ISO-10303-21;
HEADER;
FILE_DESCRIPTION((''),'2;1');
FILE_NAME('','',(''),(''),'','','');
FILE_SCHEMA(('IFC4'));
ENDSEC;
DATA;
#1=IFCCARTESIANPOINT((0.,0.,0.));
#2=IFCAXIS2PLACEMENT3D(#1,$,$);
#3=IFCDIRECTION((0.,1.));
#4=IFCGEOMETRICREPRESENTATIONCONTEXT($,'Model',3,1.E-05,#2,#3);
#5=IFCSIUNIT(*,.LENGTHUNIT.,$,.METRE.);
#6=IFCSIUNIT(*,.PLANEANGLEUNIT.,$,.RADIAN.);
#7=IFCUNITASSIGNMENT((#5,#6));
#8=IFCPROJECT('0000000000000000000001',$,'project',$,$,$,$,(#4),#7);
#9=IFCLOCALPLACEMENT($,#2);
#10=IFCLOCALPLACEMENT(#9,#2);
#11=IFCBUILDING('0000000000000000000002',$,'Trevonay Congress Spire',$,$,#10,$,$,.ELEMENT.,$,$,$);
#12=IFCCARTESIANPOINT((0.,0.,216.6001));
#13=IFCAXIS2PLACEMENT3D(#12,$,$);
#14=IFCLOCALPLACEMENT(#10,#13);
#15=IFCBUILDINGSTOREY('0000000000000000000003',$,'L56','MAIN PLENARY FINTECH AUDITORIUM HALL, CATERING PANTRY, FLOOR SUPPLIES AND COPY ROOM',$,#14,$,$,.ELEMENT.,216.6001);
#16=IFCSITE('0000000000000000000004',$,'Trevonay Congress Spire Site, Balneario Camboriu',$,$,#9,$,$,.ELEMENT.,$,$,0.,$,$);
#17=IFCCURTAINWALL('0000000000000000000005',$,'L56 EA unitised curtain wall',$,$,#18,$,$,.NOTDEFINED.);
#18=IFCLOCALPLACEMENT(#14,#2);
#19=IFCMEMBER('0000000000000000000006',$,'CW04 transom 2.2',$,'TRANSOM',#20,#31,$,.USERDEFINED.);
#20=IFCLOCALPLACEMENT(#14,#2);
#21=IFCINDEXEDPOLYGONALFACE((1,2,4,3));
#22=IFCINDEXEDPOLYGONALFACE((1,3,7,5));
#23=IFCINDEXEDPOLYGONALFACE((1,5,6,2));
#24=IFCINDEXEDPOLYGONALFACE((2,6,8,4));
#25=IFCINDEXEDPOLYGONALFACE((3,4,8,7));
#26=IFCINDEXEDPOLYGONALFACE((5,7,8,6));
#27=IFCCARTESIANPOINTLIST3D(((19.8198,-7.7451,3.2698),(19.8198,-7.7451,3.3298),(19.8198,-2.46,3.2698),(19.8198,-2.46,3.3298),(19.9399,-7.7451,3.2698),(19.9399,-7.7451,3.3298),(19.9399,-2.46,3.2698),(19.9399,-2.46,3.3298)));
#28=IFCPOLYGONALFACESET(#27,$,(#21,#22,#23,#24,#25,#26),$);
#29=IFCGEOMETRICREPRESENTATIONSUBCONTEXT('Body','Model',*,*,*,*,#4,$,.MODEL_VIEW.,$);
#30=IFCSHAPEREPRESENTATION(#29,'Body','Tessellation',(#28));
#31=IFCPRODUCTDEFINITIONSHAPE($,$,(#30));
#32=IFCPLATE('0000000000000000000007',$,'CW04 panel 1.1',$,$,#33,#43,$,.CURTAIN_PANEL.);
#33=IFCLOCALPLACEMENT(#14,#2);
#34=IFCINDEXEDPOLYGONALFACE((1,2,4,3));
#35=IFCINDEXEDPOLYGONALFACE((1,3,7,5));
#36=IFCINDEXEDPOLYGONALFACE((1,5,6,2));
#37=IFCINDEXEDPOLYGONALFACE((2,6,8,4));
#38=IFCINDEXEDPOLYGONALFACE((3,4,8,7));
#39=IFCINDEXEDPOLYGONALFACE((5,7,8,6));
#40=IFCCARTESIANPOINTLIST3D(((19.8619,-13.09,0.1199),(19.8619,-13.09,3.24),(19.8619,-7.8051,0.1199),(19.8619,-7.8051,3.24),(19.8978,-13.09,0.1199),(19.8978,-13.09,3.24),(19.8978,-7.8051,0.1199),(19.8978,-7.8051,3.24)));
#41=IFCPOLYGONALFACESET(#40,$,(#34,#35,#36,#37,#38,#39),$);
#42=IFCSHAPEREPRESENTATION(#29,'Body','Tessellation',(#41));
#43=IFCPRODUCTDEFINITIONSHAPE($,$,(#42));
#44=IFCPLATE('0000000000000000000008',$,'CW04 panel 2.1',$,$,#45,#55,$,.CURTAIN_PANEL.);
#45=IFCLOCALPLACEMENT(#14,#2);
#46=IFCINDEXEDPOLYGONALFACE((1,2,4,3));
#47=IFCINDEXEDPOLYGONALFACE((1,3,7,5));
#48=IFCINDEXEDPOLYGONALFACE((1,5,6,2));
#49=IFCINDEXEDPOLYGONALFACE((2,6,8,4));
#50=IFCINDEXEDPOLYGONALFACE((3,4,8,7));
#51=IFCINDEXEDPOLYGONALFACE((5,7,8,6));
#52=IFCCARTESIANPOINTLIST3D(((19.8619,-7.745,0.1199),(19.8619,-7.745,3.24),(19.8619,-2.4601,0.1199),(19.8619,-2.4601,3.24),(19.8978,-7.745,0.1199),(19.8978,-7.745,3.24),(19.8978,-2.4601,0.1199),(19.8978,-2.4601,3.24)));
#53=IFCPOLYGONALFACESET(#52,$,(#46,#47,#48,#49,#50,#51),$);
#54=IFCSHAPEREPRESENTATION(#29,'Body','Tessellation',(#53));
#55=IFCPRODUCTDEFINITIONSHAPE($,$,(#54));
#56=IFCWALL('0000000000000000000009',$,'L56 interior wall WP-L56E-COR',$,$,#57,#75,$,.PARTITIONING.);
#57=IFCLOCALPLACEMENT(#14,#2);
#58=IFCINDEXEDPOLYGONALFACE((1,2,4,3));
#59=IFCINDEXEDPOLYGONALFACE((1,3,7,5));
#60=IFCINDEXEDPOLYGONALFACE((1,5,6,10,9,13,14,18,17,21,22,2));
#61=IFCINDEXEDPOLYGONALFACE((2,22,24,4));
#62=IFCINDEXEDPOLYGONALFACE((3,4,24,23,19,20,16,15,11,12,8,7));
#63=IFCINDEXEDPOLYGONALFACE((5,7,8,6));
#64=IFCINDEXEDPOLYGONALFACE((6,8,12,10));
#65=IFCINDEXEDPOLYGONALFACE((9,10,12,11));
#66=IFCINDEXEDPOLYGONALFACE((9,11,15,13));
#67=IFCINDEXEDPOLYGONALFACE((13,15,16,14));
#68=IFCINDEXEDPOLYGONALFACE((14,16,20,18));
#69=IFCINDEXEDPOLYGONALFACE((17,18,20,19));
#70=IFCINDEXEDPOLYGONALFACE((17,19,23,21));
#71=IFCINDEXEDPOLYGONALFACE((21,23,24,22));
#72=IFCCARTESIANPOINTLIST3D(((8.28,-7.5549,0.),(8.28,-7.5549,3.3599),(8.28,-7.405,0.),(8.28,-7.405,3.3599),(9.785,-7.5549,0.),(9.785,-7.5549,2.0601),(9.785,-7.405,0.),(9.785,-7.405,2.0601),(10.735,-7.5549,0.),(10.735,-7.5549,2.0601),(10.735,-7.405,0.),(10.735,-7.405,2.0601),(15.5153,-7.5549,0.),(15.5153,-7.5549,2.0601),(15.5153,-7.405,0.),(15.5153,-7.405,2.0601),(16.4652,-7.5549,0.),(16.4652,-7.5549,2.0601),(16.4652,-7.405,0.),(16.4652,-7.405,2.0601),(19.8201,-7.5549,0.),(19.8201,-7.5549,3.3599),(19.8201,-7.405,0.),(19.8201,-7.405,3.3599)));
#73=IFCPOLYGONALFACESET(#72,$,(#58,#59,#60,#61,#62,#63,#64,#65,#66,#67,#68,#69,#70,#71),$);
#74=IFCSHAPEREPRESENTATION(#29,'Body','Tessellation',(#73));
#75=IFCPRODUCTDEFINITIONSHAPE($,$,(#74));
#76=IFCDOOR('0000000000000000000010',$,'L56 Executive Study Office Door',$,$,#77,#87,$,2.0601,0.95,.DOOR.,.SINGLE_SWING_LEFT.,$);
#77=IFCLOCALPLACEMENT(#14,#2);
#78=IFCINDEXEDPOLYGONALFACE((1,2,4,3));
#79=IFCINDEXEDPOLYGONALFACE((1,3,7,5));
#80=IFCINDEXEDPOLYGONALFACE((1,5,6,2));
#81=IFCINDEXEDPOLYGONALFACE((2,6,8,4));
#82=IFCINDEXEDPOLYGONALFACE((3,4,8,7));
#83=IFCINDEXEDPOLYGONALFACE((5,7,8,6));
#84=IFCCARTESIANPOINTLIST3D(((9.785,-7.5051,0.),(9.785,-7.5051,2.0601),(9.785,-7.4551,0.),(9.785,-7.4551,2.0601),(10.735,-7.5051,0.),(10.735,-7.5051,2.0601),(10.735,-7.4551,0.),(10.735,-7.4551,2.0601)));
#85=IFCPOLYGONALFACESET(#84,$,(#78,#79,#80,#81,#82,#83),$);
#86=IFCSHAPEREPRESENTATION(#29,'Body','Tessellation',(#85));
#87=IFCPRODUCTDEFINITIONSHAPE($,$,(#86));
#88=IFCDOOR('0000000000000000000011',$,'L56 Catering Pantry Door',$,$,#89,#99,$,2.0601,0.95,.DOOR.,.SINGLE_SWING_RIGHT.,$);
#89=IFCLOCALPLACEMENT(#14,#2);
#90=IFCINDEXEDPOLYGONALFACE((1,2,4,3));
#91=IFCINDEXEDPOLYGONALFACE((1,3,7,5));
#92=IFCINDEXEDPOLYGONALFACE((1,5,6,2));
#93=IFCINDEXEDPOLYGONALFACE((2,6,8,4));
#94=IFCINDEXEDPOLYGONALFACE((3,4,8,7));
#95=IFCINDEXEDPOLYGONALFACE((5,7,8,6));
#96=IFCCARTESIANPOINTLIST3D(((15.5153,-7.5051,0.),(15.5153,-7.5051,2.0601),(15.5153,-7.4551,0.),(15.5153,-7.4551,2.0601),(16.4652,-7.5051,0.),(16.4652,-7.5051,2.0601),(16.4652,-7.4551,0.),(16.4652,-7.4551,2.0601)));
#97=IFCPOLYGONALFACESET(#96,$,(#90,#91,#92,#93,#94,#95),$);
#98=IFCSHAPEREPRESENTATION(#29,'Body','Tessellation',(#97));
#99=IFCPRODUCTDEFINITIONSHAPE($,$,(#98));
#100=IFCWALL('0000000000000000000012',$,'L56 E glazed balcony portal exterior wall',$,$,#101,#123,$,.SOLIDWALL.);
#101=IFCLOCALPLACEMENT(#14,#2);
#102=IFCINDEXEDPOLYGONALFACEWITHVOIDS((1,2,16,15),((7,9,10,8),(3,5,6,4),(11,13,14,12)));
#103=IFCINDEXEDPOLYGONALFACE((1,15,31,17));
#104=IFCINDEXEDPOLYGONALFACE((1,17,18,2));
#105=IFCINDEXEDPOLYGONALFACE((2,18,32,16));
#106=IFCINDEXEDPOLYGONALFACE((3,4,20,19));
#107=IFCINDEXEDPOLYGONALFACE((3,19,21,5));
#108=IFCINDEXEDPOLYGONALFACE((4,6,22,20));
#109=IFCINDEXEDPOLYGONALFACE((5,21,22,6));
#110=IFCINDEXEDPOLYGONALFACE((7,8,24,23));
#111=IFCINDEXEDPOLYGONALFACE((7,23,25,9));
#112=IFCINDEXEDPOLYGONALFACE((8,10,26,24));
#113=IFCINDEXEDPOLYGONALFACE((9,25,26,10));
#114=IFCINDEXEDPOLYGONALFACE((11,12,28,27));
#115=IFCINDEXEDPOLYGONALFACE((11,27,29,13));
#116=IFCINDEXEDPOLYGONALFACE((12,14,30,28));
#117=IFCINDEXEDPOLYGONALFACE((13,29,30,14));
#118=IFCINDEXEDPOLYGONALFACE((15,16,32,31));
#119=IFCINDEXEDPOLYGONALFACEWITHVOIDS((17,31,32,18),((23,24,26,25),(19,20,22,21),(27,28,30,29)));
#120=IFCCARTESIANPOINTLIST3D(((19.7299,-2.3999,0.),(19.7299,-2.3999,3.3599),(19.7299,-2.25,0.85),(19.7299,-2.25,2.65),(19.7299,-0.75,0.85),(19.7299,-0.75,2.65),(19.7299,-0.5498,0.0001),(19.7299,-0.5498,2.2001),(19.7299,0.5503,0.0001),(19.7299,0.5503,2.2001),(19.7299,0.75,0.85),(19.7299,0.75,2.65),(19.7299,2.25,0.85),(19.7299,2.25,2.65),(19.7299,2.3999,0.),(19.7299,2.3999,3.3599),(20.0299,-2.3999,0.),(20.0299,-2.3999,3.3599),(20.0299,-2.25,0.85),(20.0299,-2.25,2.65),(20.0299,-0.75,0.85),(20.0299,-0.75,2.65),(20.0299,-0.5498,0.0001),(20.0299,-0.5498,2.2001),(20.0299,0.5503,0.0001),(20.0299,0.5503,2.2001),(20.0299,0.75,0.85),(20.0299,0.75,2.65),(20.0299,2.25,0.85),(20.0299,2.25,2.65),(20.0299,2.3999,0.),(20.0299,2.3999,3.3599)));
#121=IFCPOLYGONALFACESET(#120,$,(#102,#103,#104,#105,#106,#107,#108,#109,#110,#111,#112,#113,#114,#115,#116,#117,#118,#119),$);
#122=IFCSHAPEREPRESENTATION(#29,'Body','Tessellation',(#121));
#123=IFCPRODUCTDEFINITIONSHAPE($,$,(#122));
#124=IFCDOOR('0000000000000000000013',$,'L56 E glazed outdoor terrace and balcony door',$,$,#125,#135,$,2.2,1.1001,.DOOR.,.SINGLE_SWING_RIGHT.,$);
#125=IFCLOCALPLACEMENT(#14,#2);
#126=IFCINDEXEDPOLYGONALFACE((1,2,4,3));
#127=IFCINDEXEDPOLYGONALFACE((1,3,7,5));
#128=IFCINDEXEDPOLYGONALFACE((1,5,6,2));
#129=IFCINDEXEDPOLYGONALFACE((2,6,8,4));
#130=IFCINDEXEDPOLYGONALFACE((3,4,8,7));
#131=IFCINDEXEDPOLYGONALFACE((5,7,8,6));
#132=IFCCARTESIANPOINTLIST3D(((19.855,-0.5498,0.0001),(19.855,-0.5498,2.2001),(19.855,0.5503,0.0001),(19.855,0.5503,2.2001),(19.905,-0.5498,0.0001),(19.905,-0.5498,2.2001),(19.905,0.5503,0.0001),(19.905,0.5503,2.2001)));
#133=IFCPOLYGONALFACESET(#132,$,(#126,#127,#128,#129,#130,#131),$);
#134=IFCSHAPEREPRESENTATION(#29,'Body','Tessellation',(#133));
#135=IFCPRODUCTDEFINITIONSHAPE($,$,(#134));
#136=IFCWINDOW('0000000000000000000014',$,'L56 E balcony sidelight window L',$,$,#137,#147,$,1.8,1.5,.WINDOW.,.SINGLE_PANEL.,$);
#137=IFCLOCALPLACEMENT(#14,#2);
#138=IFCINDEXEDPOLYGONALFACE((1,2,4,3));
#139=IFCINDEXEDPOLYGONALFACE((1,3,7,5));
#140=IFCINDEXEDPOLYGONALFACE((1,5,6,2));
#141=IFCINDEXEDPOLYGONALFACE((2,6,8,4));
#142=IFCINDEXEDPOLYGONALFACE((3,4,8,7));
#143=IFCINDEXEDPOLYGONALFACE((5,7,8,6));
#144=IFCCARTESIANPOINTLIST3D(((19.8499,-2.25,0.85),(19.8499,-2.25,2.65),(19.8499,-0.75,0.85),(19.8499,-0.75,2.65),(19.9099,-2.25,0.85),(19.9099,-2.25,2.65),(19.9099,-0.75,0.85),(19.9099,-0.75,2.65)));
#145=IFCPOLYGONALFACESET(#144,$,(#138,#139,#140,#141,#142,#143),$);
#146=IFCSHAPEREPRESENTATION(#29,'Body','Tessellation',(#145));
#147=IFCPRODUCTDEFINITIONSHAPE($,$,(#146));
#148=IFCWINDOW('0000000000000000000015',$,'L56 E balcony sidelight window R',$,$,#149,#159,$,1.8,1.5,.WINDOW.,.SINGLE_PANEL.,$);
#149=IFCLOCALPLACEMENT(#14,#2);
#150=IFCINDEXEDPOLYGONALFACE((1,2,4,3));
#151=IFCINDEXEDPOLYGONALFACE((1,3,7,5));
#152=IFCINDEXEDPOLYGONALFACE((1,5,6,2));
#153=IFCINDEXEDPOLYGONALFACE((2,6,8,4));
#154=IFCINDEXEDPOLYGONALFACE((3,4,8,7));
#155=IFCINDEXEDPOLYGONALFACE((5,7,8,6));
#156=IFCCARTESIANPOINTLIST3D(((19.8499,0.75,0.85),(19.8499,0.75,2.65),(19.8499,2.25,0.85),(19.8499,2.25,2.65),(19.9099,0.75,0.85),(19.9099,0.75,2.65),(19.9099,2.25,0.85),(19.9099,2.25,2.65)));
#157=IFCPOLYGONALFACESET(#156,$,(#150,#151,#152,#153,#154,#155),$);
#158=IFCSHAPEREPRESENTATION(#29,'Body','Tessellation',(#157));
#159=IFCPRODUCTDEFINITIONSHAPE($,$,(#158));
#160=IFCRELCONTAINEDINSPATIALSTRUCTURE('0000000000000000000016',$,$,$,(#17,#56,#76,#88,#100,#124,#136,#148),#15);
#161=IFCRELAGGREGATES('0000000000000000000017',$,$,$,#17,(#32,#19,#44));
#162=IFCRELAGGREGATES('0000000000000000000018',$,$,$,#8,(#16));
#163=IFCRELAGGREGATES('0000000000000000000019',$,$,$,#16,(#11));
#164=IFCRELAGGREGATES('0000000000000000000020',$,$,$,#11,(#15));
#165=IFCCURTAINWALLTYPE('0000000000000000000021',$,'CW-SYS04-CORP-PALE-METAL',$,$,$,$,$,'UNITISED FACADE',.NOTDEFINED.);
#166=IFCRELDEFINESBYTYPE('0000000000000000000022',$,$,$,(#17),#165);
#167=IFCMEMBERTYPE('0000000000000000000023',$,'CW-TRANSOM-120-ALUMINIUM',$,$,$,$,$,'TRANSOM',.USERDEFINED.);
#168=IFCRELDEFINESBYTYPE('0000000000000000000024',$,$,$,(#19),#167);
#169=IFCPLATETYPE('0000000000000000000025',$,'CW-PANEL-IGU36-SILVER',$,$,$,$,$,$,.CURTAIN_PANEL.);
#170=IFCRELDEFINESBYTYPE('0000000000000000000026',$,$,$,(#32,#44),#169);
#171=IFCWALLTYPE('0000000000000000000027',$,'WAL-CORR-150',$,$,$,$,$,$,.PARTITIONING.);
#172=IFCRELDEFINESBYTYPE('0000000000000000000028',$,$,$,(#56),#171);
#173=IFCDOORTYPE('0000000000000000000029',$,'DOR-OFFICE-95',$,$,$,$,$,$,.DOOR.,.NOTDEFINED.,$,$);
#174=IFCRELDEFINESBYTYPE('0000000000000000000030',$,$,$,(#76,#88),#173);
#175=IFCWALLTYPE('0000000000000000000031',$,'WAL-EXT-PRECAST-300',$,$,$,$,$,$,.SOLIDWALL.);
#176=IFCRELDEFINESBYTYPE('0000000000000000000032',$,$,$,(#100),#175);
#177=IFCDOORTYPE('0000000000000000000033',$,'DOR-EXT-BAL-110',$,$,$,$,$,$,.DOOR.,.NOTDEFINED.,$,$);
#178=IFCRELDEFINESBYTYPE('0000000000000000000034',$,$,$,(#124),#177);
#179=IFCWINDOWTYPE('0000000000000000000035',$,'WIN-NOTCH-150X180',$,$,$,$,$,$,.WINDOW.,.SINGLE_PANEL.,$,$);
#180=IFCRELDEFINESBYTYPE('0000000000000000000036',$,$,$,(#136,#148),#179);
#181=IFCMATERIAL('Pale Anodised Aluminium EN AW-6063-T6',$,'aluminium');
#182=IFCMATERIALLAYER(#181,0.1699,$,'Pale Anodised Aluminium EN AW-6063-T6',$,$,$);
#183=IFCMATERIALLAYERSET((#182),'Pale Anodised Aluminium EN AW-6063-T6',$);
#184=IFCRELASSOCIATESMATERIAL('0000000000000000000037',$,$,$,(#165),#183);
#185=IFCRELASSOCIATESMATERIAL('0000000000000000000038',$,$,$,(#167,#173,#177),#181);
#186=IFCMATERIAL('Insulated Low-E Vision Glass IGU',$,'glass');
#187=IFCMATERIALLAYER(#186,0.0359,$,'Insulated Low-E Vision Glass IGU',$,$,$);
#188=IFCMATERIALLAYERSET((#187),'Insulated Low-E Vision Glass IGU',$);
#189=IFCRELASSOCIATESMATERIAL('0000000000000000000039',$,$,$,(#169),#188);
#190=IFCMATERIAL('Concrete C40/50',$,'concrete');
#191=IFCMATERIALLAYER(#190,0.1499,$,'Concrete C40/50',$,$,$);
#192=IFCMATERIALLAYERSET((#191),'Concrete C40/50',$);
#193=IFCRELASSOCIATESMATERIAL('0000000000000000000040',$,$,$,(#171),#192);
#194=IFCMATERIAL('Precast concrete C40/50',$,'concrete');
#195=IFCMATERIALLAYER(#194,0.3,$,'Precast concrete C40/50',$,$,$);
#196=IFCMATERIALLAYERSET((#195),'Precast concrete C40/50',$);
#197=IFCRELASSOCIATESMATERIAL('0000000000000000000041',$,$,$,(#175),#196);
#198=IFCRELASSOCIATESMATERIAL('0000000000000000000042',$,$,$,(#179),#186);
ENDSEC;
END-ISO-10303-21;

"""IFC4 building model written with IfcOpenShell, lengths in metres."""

from ifc_helpers import new_model, si_unit, direction, frame, frame_2d, origin, origin_2d, place, context, subcontext, project, spatial, rectangle, extrude, material, layer, layer_set, material_profile, profile_set, type_object, element, fill, aggregate, save


model = new_model("IFC4")

# Units and contexts
model_context = context("Model", 3, precision=1e-05, world=origin(), true_north=direction((0.0, 1.0)))
body_context = subcontext(model_context, "Body", "Model", "MODEL_VIEW")
ifc_project = project(units=[si_unit("LENGTHUNIT", "METRE"), si_unit("PLANEANGLEUNIT", "RADIAN")], contexts=[model_context])

# Site, building, storey
site_placement = place(None, origin())
site = spatial("IfcSite", under=ifc_project, at=site_placement, Name="Trevonay Congress Spire Site, Balneario Camboriu", CompositionType="ELEMENT", RefElevation=0.0)
building_placement = place(site_placement, origin())
building = spatial("IfcBuilding", under=site, at=building_placement, Name="Trevonay Congress Spire", CompositionType="ELEMENT")
storey_placement = place(building_placement, frame((0.0, 0.0, 216.6001)))
storey = spatial("IfcBuildingStorey", under=building, at=storey_placement, Name="L56", Description="MAIN PLENARY FINTECH AUDITORIUM HALL, CATERING PANTRY, FLOOR SUPPLIES AND COPY ROOM", CompositionType="ELEMENT", Elevation=216.6001)

# Curtain wall, member, plates
ifc_material_1 = material(Name="Pale Anodised Aluminium EN AW-6063-T6", Category="aluminium")
ifc_layer_1 = layer(ifc_material_1, 0.1699, Name="Pale Anodised Aluminium EN AW-6063-T6")
ifc_layer_set_1 = layer_set([ifc_layer_1], Name="Pale Anodised Aluminium EN AW-6063-T6")
curtain_wall_type = type_object("IfcCurtainWallType", Name="CW-SYS04-CORP-PALE-METAL", ElementType="UNITISED FACADE", PredefinedType="NOTDEFINED", material=ifc_layer_set_1)
curtain_wall_placement = place(storey_placement, origin())
curtain_wall = element("IfcCurtainWall", 1, at=curtain_wall_placement, inside=storey, type_object=curtain_wall_type, Name="L56 EA unitised curtain wall", PredefinedType="NOTDEFINED")
ifc_material_profile_1 = material_profile(ifc_material_1, rectangle(XDim=0.1201, YDim=0.0601, at=origin_2d()), Name="CW-TRANSOM-120-ALUMINIUM")
ifc_profile_set_1 = profile_set([ifc_material_profile_1], Name="Pale Anodised Aluminium EN AW-6063-T6")
member_type_1 = type_object("IfcMemberType", Name="CW-TRANSOM-120-ALUMINIUM", ElementType="TRANSOM", PredefinedType="USERDEFINED", material=ifc_profile_set_1)
member_1_placement = place(storey_placement, frame((19.8799, -7.7451, 3.2998), z_axis=(0.0, 1.0, 0.0), x_axis=(-1.0, 0.0, 0.0)))
member_1 = element("IfcMember", 2, at=member_1_placement, type_object=member_type_1, Name="CW04 transom 2.2", ObjectType="TRANSOM", PredefinedType="USERDEFINED", context=body_context, shape_type="SweptSolid", body=[
    extrude(rectangle(XDim=0.1201, YDim=0.0601, at=origin_2d()), origin(), (0.0, 0.0, 1.0), 5.2852),
])
ifc_material_2 = material(Name="Insulated Low-E Vision Glass IGU", Category="glass")
ifc_layer_2 = layer(ifc_material_2, 0.0359, Name="Insulated Low-E Vision Glass IGU")
ifc_layer_set_2 = layer_set([ifc_layer_2], Name="Insulated Low-E Vision Glass IGU")
plate_type = type_object("IfcPlateType", Name="CW-PANEL-IGU36-SILVER", PredefinedType="CURTAIN_PANEL", material=ifc_layer_set_2)
plate_1_placement = place(storey_placement, frame((19.8799, -10.4475, 0.1199), z_axis=(0.0, 0.0, 1.0), x_axis=(0.0, 1.0, 0.0)))
plate_1 = element("IfcPlate", 3, at=plate_1_placement, type_object=plate_type, Name="CW04 panel 1.1", PredefinedType="CURTAIN_PANEL", context=body_context, shape_type="SweptSolid", body=[
    extrude(rectangle(XDim=5.2849, YDim=0.0359, at=origin_2d()), origin(), (0.0, 0.0, 1.0), 3.1201),
])
plate_2_placement = place(storey_placement, frame((19.8799, -5.1025, 0.1199), z_axis=(0.0, 0.0, 1.0), x_axis=(0.0, 1.0, 0.0)))
plate_2 = element("IfcPlate", 4, at=plate_2_placement, type_object=plate_type, Name="CW04 panel 2.1", PredefinedType="CURTAIN_PANEL", context=body_context, shape_type="SweptSolid", body=[
    extrude(rectangle(XDim=5.2849, YDim=0.0359, at=origin_2d()), origin(), (0.0, 0.0, 1.0), 3.1201),
])
aggregate(curtain_wall, [plate_1, member_1, plate_2])

# Wall, openings, doors
ifc_material_3 = material(Name="Concrete C40/50", Category="concrete")
ifc_layer_3 = layer(ifc_material_3, 0.1499, Name="Concrete C40/50")
ifc_layer_set_3 = layer_set([ifc_layer_3], Name="Concrete C40/50")
wall_type_1 = type_object("IfcWallType", Name="WAL-CORR-150", PredefinedType="PARTITIONING", material=ifc_layer_set_3)
wall_1_placement = place(storey_placement, frame((8.28, -7.48, 0.0), z_axis=(0.0, 0.0, 1.0), x_axis=(1.0, 0.0, 0.0)))
wall_1 = element("IfcWall", 5, at=wall_1_placement, inside=storey, type_object=wall_type_1, Name="L56 interior wall WP-L56E-COR", PredefinedType="PARTITIONING", context=body_context, shape_type="SweptSolid", body=[
    extrude(rectangle(XDim=11.54, YDim=0.1499, at=frame_2d((5.77, 0.0))), origin(), (0.0, 0.0, 1.0), 3.3599),
])
opening_1_placement = place(wall_1_placement, frame((1.5049, 0.0, 0.0)))
opening_1 = element("IfcOpeningElement", 6, at=opening_1_placement, cuts=wall_1, PredefinedType="OPENING", context=body_context, shape_type="SweptSolid", body=[
    extrude(rectangle(XDim=0.95, YDim=2.0601, at=frame_2d((0.4751, 1.03))), frame((0.0, 0.085, 0.0), z_axis=(0.0, -1.0, 0.0), x_axis=(1.0, 0.0, 0.0)), (0.0, 0.0, 1.0), 0.1699),
])
opening_2_placement = place(wall_1_placement, frame((7.2351, 0.0, 0.0)))
opening_2 = element("IfcOpeningElement", 7, at=opening_2_placement, cuts=wall_1, PredefinedType="OPENING", context=body_context, shape_type="SweptSolid", body=[
    extrude(rectangle(XDim=0.95, YDim=2.0601, at=frame_2d((0.4751, 1.03))), frame((0.0, 0.085, 0.0), z_axis=(0.0, -1.0, 0.0), x_axis=(1.0, 0.0, 0.0)), (0.0, 0.0, 1.0), 0.1699),
])
door_type_1 = type_object("IfcDoorType", Name="DOR-OFFICE-95", OperationType="NOTDEFINED", PredefinedType="DOOR", material=ifc_material_1)
door_1_placement = place(opening_1_placement, origin())
door_1 = element("IfcDoor", 8, at=door_1_placement, inside=storey, type_object=door_type_1, Name="L56 Executive Study Office Door", OperationType="SINGLE_SWING_LEFT", OverallHeight=2.0601, OverallWidth=0.95, PredefinedType="DOOR", context=body_context, shape_type="SweptSolid", body=[
    extrude(rectangle(XDim=0.95, YDim=2.0601, at=frame_2d((0.4751, 1.03))), frame((0.0, 0.0249, 0.0), z_axis=(0.0, -1.0, 0.0), x_axis=(1.0, 0.0, 0.0)), (0.0, 0.0, 1.0), 0.05),
])
fill(opening_1, door_1)
door_2_placement = place(opening_2_placement, origin())
door_2 = element("IfcDoor", 9, at=door_2_placement, inside=storey, type_object=door_type_1, Name="L56 Catering Pantry Door", OperationType="SINGLE_SWING_RIGHT", OverallHeight=2.0601, OverallWidth=0.95, PredefinedType="DOOR", context=body_context, shape_type="SweptSolid", body=[
    extrude(rectangle(XDim=0.95, YDim=2.0601, at=frame_2d((0.4751, 1.03))), frame((0.0, 0.0249, 0.0), z_axis=(0.0, -1.0, 0.0), x_axis=(1.0, 0.0, 0.0)), (0.0, 0.0, 1.0), 0.05),
])
fill(opening_2, door_2)

# Wall, openings, door, windows
ifc_material_4 = material(Name="Precast concrete C40/50", Category="concrete")
ifc_layer_4 = layer(ifc_material_4, 0.3, Name="Precast concrete C40/50")
ifc_layer_set_4 = layer_set([ifc_layer_4], Name="Precast concrete C40/50")
wall_type_2 = type_object("IfcWallType", Name="WAL-EXT-PRECAST-300", PredefinedType="SOLIDWALL", material=ifc_layer_set_4)
wall_2_placement = place(storey_placement, frame((19.8799, -2.3999, 0.0), z_axis=(0.0, 0.0, 1.0), x_axis=(0.0, 1.0, 0.0)))
wall_2 = element("IfcWall", 10, at=wall_2_placement, inside=storey, type_object=wall_type_2, Name="L56 E glazed balcony portal exterior wall", PredefinedType="SOLIDWALL", context=body_context, shape_type="SweptSolid", body=[
    extrude(rectangle(XDim=4.7998, YDim=0.3, at=frame_2d((2.3999, 0.0))), origin(), (0.0, 0.0, 1.0), 3.3599),
])
opening_3_placement = place(wall_2_placement, frame((1.8501, 0.0, 0.0)))
opening_3 = element("IfcOpeningElement", 11, at=opening_3_placement, cuts=wall_2, PredefinedType="OPENING", context=body_context, shape_type="SweptSolid", body=[
    extrude(rectangle(XDim=1.1001, YDim=2.2, at=frame_2d((0.55, 1.1001))), frame((0.0, 0.1602, 0.0), z_axis=(0.0, -1.0, 0.0), x_axis=(1.0, 0.0, 0.0)), (0.0, 0.0, 1.0), 0.3201),
])
opening_4_placement = place(wall_2_placement, frame((0.1499, 0.0, 0.8501)))
opening_4 = element("IfcOpeningElement", 12, at=opening_4_placement, cuts=wall_2, PredefinedType="OPENING", context=body_context, shape_type="SweptSolid", body=[
    extrude(rectangle(XDim=1.5, YDim=1.8, at=frame_2d((0.75, 0.8999))), frame((0.0, 0.1602, 0.0), z_axis=(0.0, -1.0, 0.0), x_axis=(1.0, 0.0, 0.0)), (0.0, 0.0, 1.0), 0.3201),
])
opening_5_placement = place(wall_2_placement, frame((3.1499, 0.0, 0.8501)))
opening_5 = element("IfcOpeningElement", 13, at=opening_5_placement, cuts=wall_2, PredefinedType="OPENING", context=body_context, shape_type="SweptSolid", body=[
    extrude(rectangle(XDim=1.5, YDim=1.8, at=frame_2d((0.75, 0.8999))), frame((0.0, 0.1602, 0.0), z_axis=(0.0, -1.0, 0.0), x_axis=(1.0, 0.0, 0.0)), (0.0, 0.0, 1.0), 0.3201),
])
door_type_2 = type_object("IfcDoorType", Name="DOR-EXT-BAL-110", OperationType="NOTDEFINED", PredefinedType="DOOR", material=ifc_material_1)
door_3_placement = place(opening_3_placement, origin())
door_3 = element("IfcDoor", 14, at=door_3_placement, inside=storey, type_object=door_type_2, Name="L56 E glazed outdoor terrace and balcony door", OperationType="SINGLE_SWING_RIGHT", OverallHeight=2.2, OverallWidth=1.1001, PredefinedType="DOOR", context=body_context, shape_type="SweptSolid", body=[
    extrude(rectangle(XDim=1.1001, YDim=2.2, at=frame_2d((0.55, 1.1001))), frame((0.0, 0.0249, 0.0), z_axis=(0.0, -1.0, 0.0), x_axis=(1.0, 0.0, 0.0)), (0.0, 0.0, 1.0), 0.05),
])
fill(opening_3, door_3)
window_type = type_object("IfcWindowType", Name="WIN-NOTCH-150X180", PartitioningType="SINGLE_PANEL", PredefinedType="WINDOW", material=ifc_material_2)
window_1_placement = place(opening_4_placement, origin())
window_1 = element("IfcWindow", 15, at=window_1_placement, inside=storey, type_object=window_type, Name="L56 E balcony sidelight window L", OverallHeight=1.8, OverallWidth=1.5, PartitioningType="SINGLE_PANEL", PredefinedType="WINDOW", context=body_context, shape_type="SweptSolid", body=[
    extrude(rectangle(XDim=1.5, YDim=1.8, at=frame_2d((0.75, 0.8999))), frame((0.0, 0.03, 0.0), z_axis=(0.0, -1.0, 0.0), x_axis=(1.0, 0.0, 0.0)), (0.0, 0.0, 1.0), 0.0601),
])
fill(opening_4, window_1)
window_2_placement = place(opening_5_placement, origin())
window_2 = element("IfcWindow", 16, at=window_2_placement, inside=storey, type_object=window_type, Name="L56 E balcony sidelight window R", OverallHeight=1.8, OverallWidth=1.5, PartitioningType="SINGLE_PANEL", PredefinedType="WINDOW", context=body_context, shape_type="SweptSolid", body=[
    extrude(rectangle(XDim=1.5, YDim=1.8, at=frame_2d((0.75, 0.8999))), frame((0.0, 0.03, 0.0), z_axis=(0.0, -1.0, 0.0), x_axis=(1.0, 0.0, 0.0)), (0.0, 0.0, 1.0), 0.0601),
])
fill(opening_5, window_2)

save(model, "model.ifc")
